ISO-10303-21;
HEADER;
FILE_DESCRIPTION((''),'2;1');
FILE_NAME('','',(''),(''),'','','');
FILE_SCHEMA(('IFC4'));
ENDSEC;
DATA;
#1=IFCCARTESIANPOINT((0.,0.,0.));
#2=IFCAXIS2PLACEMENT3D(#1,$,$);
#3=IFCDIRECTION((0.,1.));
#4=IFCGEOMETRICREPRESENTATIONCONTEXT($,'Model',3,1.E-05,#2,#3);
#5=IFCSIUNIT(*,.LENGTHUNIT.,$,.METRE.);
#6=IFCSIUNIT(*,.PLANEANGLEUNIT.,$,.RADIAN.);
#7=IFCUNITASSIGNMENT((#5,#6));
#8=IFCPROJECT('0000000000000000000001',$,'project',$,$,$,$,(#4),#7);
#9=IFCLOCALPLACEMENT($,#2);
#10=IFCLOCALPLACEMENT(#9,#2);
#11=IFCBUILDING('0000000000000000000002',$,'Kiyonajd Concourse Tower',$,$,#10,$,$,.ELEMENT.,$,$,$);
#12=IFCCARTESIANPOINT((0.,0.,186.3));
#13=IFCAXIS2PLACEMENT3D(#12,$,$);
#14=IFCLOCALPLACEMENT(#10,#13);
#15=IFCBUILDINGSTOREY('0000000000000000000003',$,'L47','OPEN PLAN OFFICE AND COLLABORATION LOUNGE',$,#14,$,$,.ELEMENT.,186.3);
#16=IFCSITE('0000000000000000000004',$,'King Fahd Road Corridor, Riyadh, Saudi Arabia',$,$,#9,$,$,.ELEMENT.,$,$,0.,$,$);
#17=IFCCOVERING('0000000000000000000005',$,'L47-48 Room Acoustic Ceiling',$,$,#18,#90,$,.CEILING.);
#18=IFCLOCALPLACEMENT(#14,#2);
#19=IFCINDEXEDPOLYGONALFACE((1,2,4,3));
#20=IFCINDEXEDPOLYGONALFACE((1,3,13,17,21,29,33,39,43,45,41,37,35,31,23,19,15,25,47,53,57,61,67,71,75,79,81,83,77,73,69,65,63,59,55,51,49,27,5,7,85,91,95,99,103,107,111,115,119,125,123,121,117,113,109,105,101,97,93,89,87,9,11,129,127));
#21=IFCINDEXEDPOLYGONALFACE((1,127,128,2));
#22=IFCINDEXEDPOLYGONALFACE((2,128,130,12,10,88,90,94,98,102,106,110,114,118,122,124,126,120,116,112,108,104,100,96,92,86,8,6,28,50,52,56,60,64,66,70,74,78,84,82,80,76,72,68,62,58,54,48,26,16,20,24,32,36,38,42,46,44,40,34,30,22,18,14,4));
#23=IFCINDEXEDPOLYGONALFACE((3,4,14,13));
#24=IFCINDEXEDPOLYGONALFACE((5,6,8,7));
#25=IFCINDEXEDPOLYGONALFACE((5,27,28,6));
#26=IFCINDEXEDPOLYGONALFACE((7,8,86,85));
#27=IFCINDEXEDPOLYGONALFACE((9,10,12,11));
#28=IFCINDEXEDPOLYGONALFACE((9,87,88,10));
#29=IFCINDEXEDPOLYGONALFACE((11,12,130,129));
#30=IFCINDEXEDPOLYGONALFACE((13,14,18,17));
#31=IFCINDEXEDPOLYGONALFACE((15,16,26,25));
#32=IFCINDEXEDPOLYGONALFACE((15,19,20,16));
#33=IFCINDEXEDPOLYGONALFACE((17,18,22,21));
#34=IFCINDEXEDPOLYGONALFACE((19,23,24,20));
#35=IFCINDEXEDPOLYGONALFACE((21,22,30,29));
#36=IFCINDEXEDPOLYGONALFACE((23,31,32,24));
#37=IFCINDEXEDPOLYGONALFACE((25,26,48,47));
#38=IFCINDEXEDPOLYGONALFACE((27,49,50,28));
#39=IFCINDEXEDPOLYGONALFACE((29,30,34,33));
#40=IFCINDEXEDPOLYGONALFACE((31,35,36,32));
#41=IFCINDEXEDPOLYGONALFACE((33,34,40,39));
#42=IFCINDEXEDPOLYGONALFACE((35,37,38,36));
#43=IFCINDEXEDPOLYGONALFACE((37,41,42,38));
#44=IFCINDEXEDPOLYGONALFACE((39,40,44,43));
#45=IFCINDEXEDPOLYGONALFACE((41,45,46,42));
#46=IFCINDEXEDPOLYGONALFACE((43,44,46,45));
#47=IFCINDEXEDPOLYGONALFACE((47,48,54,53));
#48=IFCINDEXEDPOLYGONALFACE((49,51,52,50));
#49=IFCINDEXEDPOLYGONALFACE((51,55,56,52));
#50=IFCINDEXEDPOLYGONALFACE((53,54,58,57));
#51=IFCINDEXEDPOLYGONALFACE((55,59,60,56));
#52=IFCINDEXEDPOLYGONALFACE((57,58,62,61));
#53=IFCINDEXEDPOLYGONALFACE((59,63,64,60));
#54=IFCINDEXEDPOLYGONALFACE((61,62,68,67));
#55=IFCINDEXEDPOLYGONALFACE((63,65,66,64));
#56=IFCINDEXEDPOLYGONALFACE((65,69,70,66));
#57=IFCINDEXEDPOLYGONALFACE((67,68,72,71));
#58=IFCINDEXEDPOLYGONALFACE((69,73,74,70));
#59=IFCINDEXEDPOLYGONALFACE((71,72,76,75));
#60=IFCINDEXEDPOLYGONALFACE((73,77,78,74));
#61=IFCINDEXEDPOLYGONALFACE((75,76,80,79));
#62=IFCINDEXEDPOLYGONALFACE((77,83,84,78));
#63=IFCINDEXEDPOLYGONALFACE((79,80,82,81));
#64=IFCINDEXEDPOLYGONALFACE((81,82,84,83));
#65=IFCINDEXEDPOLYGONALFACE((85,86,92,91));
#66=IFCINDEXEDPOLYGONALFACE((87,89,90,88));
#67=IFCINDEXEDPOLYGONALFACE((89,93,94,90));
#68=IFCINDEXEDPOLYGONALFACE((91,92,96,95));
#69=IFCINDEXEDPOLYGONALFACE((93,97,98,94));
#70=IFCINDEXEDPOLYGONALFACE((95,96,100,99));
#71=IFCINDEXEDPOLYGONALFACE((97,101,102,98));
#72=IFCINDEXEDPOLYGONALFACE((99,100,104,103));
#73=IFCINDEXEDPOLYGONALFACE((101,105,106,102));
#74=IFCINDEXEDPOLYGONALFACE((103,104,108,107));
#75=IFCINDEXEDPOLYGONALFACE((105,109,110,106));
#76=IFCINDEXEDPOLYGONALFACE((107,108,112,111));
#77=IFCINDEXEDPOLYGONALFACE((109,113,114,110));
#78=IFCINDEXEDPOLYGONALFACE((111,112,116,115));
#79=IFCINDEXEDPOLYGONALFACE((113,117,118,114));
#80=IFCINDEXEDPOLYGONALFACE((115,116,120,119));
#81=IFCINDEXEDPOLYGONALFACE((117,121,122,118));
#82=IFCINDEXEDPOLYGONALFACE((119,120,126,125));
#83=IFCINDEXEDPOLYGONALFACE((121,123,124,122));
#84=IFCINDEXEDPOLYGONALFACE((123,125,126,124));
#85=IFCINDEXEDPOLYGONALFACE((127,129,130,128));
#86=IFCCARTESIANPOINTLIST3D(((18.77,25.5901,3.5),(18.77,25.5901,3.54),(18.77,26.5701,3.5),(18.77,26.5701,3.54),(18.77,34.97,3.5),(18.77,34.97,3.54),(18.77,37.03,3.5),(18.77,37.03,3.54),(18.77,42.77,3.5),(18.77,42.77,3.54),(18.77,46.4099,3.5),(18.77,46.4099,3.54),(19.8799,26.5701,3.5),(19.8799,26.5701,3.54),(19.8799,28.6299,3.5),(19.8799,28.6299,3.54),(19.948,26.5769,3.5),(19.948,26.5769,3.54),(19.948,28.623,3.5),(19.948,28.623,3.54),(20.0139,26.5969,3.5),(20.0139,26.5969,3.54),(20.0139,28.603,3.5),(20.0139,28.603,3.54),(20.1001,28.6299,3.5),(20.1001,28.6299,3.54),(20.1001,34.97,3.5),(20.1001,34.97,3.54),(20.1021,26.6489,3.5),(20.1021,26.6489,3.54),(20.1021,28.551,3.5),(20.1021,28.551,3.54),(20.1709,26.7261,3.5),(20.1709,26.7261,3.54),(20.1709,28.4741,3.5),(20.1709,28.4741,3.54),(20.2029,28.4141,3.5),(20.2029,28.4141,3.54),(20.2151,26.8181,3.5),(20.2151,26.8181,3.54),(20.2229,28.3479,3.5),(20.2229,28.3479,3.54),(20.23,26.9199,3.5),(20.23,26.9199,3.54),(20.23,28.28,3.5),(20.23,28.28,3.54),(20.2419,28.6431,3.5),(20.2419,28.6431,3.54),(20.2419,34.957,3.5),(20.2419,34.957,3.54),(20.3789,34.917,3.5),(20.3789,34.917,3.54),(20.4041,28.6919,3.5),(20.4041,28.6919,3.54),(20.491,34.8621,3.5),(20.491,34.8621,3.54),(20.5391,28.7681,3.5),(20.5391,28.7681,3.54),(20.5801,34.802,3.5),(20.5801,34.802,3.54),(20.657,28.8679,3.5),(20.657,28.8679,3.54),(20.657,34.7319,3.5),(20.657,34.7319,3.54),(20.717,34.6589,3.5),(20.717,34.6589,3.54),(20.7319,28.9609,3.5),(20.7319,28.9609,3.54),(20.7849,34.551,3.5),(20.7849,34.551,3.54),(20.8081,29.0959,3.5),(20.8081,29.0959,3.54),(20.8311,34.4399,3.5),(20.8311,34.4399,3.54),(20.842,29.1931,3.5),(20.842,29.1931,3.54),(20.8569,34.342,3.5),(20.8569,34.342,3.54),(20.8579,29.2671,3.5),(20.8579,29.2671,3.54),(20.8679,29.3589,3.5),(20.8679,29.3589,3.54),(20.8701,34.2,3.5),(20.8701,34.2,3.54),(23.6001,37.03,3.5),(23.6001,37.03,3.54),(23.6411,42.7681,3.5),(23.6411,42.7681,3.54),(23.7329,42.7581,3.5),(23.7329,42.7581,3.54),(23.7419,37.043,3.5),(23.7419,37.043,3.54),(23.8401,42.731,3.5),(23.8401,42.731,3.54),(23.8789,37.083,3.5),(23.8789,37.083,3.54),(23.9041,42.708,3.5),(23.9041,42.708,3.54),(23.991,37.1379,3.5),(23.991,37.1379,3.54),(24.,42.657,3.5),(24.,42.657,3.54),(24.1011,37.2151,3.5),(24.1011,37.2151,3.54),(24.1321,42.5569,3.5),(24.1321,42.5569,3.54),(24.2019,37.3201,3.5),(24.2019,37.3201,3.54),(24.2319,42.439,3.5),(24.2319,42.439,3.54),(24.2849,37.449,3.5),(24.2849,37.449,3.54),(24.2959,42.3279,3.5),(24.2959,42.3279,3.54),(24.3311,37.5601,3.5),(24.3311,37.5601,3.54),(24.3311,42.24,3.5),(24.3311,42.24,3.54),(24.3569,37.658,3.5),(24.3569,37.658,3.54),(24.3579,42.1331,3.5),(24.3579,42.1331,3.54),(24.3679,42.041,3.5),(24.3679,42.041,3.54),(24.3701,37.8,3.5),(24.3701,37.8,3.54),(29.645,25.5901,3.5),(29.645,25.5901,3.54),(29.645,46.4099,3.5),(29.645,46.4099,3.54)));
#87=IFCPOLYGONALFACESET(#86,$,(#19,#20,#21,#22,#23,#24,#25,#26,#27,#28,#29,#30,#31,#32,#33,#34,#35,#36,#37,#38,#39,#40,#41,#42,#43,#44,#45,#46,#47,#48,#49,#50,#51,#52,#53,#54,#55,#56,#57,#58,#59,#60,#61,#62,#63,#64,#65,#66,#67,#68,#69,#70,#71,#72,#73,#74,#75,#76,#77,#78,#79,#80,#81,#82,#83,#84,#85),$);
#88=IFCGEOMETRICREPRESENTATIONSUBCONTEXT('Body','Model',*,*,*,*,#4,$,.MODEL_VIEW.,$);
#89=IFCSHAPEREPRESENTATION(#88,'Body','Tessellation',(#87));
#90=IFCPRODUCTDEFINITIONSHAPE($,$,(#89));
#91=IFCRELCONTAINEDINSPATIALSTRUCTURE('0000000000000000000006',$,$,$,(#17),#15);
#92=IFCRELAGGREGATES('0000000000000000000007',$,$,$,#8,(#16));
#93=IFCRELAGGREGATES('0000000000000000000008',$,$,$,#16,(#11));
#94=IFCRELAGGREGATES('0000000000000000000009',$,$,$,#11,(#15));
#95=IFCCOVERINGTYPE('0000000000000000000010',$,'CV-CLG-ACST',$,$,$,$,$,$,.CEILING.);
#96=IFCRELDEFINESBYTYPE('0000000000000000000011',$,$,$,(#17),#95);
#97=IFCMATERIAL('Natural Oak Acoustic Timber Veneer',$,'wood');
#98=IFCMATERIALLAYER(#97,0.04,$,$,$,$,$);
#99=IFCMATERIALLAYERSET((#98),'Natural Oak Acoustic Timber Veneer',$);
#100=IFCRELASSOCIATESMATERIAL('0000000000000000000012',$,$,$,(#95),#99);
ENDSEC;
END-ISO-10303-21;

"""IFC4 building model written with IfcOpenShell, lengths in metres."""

from ifc_helpers import new_model, si_unit, direction, frame, origin, place, context, subcontext, project, spatial, polyline, outline, extrude, material, layer, layer_set, type_object, element, save


model = new_model("IFC4")

# Units and contexts
model_context = context("Model", 3, precision=1e-05, world=origin(), true_north=direction((0.0, 1.0)))
body_context = subcontext(model_context, "Body", "Model", "MODEL_VIEW")
ifc_project = project(units=[si_unit("LENGTHUNIT", "METRE"), si_unit("PLANEANGLEUNIT", "RADIAN")], contexts=[model_context])

# Site, building, storey
site_placement = place(None, origin())
site = spatial("IfcSite", under=ifc_project, at=site_placement, Name="King Fahd Road Corridor, Riyadh, Saudi Arabia", CompositionType="ELEMENT", RefElevation=0.0)
building_placement = place(site_placement, origin())
building = spatial("IfcBuilding", under=site, at=building_placement, Name="Kiyonajd Concourse Tower", CompositionType="ELEMENT")
storey_placement = place(building_placement, frame((0.0, 0.0, 186.3)))
storey = spatial("IfcBuildingStorey", under=building, at=storey_placement, Name="L47", Description="OPEN PLAN OFFICE AND COLLABORATION LOUNGE", CompositionType="ELEMENT", Elevation=186.3)

# Shared definitions
ifc_material_1 = material(Name="Natural Oak Acoustic Timber Veneer", Category="wood")

# Covering
ifc_layer_1 = layer(ifc_material_1, 0.04)
ifc_layer_set_1 = layer_set([ifc_layer_1], Name="Natural Oak Acoustic Timber Veneer")
covering_type = type_object("IfcCoveringType", Name="CV-CLG-ACST", PredefinedType="CEILING", material=ifc_layer_set_1)
covering_1_placement = place(storey_placement, frame((0.0, 0.0, 3.5)))
element("IfcCovering", 1, at=covering_1_placement, inside=storey, type_object=covering_type, Name="L47-48 Room Acoustic Ceiling", PredefinedType="CEILING", context=body_context, shape_type="SweptSolid", body=[
    extrude(outline(polyline([(18.77, 26.5701), (19.8799, 26.5701), (19.948, 26.5769), (20.0139, 26.5969), (20.1021, 26.6489), (20.1709, 26.7261), (20.2151, 26.8181), (20.23, 26.9199), (20.23, 28.28), (20.2229, 28.3479), (20.2029, 28.4141), (20.1709, 28.4741), (20.1021, 28.551), (20.0139, 28.603), (19.948, 28.623), (19.8799, 28.6299), (20.1001, 28.6299), (20.2419, 28.6431), (20.4041, 28.6919), (20.5391, 28.7681), (20.657, 28.8679), (20.7319, 28.9609), (20.8081, 29.0959), (20.842, 29.1931), (20.8579, 29.2671), (20.8679, 29.3589), (20.8701, 34.2), (20.8569, 34.342), (20.8311, 34.4399), (20.7849, 34.551), (20.717, 34.6589), (20.657, 34.7319), (20.5801, 34.802), (20.491, 34.8621), (20.3789, 34.917), (20.2419, 34.957), (20.1001, 34.97), (18.77, 34.97), (18.77, 37.03), (23.6001, 37.03), (23.7419, 37.043), (23.8789, 37.083), (23.991, 37.1379), (24.1011, 37.2151), (24.2019, 37.3201), (24.2849, 37.449), (24.3311, 37.5601), (24.3569, 37.658), (24.3701, 37.8), (24.3679, 42.041), (24.3579, 42.1331), (24.3311, 42.24), (24.2959, 42.3279), (24.2319, 42.439), (24.1321, 42.5569), (24.0, 42.657), (23.9041, 42.708), (23.8401, 42.731), (23.7329, 42.7581), (23.6411, 42.7681), (18.77, 42.77), (18.77, 46.4099), (29.645, 46.4099), (29.645, 25.5901), (18.77, 25.5901), (18.77, 26.5701)])), origin(), (0.0, 0.0, 1.0), 0.04),
])

save(model, "model.ifc")
